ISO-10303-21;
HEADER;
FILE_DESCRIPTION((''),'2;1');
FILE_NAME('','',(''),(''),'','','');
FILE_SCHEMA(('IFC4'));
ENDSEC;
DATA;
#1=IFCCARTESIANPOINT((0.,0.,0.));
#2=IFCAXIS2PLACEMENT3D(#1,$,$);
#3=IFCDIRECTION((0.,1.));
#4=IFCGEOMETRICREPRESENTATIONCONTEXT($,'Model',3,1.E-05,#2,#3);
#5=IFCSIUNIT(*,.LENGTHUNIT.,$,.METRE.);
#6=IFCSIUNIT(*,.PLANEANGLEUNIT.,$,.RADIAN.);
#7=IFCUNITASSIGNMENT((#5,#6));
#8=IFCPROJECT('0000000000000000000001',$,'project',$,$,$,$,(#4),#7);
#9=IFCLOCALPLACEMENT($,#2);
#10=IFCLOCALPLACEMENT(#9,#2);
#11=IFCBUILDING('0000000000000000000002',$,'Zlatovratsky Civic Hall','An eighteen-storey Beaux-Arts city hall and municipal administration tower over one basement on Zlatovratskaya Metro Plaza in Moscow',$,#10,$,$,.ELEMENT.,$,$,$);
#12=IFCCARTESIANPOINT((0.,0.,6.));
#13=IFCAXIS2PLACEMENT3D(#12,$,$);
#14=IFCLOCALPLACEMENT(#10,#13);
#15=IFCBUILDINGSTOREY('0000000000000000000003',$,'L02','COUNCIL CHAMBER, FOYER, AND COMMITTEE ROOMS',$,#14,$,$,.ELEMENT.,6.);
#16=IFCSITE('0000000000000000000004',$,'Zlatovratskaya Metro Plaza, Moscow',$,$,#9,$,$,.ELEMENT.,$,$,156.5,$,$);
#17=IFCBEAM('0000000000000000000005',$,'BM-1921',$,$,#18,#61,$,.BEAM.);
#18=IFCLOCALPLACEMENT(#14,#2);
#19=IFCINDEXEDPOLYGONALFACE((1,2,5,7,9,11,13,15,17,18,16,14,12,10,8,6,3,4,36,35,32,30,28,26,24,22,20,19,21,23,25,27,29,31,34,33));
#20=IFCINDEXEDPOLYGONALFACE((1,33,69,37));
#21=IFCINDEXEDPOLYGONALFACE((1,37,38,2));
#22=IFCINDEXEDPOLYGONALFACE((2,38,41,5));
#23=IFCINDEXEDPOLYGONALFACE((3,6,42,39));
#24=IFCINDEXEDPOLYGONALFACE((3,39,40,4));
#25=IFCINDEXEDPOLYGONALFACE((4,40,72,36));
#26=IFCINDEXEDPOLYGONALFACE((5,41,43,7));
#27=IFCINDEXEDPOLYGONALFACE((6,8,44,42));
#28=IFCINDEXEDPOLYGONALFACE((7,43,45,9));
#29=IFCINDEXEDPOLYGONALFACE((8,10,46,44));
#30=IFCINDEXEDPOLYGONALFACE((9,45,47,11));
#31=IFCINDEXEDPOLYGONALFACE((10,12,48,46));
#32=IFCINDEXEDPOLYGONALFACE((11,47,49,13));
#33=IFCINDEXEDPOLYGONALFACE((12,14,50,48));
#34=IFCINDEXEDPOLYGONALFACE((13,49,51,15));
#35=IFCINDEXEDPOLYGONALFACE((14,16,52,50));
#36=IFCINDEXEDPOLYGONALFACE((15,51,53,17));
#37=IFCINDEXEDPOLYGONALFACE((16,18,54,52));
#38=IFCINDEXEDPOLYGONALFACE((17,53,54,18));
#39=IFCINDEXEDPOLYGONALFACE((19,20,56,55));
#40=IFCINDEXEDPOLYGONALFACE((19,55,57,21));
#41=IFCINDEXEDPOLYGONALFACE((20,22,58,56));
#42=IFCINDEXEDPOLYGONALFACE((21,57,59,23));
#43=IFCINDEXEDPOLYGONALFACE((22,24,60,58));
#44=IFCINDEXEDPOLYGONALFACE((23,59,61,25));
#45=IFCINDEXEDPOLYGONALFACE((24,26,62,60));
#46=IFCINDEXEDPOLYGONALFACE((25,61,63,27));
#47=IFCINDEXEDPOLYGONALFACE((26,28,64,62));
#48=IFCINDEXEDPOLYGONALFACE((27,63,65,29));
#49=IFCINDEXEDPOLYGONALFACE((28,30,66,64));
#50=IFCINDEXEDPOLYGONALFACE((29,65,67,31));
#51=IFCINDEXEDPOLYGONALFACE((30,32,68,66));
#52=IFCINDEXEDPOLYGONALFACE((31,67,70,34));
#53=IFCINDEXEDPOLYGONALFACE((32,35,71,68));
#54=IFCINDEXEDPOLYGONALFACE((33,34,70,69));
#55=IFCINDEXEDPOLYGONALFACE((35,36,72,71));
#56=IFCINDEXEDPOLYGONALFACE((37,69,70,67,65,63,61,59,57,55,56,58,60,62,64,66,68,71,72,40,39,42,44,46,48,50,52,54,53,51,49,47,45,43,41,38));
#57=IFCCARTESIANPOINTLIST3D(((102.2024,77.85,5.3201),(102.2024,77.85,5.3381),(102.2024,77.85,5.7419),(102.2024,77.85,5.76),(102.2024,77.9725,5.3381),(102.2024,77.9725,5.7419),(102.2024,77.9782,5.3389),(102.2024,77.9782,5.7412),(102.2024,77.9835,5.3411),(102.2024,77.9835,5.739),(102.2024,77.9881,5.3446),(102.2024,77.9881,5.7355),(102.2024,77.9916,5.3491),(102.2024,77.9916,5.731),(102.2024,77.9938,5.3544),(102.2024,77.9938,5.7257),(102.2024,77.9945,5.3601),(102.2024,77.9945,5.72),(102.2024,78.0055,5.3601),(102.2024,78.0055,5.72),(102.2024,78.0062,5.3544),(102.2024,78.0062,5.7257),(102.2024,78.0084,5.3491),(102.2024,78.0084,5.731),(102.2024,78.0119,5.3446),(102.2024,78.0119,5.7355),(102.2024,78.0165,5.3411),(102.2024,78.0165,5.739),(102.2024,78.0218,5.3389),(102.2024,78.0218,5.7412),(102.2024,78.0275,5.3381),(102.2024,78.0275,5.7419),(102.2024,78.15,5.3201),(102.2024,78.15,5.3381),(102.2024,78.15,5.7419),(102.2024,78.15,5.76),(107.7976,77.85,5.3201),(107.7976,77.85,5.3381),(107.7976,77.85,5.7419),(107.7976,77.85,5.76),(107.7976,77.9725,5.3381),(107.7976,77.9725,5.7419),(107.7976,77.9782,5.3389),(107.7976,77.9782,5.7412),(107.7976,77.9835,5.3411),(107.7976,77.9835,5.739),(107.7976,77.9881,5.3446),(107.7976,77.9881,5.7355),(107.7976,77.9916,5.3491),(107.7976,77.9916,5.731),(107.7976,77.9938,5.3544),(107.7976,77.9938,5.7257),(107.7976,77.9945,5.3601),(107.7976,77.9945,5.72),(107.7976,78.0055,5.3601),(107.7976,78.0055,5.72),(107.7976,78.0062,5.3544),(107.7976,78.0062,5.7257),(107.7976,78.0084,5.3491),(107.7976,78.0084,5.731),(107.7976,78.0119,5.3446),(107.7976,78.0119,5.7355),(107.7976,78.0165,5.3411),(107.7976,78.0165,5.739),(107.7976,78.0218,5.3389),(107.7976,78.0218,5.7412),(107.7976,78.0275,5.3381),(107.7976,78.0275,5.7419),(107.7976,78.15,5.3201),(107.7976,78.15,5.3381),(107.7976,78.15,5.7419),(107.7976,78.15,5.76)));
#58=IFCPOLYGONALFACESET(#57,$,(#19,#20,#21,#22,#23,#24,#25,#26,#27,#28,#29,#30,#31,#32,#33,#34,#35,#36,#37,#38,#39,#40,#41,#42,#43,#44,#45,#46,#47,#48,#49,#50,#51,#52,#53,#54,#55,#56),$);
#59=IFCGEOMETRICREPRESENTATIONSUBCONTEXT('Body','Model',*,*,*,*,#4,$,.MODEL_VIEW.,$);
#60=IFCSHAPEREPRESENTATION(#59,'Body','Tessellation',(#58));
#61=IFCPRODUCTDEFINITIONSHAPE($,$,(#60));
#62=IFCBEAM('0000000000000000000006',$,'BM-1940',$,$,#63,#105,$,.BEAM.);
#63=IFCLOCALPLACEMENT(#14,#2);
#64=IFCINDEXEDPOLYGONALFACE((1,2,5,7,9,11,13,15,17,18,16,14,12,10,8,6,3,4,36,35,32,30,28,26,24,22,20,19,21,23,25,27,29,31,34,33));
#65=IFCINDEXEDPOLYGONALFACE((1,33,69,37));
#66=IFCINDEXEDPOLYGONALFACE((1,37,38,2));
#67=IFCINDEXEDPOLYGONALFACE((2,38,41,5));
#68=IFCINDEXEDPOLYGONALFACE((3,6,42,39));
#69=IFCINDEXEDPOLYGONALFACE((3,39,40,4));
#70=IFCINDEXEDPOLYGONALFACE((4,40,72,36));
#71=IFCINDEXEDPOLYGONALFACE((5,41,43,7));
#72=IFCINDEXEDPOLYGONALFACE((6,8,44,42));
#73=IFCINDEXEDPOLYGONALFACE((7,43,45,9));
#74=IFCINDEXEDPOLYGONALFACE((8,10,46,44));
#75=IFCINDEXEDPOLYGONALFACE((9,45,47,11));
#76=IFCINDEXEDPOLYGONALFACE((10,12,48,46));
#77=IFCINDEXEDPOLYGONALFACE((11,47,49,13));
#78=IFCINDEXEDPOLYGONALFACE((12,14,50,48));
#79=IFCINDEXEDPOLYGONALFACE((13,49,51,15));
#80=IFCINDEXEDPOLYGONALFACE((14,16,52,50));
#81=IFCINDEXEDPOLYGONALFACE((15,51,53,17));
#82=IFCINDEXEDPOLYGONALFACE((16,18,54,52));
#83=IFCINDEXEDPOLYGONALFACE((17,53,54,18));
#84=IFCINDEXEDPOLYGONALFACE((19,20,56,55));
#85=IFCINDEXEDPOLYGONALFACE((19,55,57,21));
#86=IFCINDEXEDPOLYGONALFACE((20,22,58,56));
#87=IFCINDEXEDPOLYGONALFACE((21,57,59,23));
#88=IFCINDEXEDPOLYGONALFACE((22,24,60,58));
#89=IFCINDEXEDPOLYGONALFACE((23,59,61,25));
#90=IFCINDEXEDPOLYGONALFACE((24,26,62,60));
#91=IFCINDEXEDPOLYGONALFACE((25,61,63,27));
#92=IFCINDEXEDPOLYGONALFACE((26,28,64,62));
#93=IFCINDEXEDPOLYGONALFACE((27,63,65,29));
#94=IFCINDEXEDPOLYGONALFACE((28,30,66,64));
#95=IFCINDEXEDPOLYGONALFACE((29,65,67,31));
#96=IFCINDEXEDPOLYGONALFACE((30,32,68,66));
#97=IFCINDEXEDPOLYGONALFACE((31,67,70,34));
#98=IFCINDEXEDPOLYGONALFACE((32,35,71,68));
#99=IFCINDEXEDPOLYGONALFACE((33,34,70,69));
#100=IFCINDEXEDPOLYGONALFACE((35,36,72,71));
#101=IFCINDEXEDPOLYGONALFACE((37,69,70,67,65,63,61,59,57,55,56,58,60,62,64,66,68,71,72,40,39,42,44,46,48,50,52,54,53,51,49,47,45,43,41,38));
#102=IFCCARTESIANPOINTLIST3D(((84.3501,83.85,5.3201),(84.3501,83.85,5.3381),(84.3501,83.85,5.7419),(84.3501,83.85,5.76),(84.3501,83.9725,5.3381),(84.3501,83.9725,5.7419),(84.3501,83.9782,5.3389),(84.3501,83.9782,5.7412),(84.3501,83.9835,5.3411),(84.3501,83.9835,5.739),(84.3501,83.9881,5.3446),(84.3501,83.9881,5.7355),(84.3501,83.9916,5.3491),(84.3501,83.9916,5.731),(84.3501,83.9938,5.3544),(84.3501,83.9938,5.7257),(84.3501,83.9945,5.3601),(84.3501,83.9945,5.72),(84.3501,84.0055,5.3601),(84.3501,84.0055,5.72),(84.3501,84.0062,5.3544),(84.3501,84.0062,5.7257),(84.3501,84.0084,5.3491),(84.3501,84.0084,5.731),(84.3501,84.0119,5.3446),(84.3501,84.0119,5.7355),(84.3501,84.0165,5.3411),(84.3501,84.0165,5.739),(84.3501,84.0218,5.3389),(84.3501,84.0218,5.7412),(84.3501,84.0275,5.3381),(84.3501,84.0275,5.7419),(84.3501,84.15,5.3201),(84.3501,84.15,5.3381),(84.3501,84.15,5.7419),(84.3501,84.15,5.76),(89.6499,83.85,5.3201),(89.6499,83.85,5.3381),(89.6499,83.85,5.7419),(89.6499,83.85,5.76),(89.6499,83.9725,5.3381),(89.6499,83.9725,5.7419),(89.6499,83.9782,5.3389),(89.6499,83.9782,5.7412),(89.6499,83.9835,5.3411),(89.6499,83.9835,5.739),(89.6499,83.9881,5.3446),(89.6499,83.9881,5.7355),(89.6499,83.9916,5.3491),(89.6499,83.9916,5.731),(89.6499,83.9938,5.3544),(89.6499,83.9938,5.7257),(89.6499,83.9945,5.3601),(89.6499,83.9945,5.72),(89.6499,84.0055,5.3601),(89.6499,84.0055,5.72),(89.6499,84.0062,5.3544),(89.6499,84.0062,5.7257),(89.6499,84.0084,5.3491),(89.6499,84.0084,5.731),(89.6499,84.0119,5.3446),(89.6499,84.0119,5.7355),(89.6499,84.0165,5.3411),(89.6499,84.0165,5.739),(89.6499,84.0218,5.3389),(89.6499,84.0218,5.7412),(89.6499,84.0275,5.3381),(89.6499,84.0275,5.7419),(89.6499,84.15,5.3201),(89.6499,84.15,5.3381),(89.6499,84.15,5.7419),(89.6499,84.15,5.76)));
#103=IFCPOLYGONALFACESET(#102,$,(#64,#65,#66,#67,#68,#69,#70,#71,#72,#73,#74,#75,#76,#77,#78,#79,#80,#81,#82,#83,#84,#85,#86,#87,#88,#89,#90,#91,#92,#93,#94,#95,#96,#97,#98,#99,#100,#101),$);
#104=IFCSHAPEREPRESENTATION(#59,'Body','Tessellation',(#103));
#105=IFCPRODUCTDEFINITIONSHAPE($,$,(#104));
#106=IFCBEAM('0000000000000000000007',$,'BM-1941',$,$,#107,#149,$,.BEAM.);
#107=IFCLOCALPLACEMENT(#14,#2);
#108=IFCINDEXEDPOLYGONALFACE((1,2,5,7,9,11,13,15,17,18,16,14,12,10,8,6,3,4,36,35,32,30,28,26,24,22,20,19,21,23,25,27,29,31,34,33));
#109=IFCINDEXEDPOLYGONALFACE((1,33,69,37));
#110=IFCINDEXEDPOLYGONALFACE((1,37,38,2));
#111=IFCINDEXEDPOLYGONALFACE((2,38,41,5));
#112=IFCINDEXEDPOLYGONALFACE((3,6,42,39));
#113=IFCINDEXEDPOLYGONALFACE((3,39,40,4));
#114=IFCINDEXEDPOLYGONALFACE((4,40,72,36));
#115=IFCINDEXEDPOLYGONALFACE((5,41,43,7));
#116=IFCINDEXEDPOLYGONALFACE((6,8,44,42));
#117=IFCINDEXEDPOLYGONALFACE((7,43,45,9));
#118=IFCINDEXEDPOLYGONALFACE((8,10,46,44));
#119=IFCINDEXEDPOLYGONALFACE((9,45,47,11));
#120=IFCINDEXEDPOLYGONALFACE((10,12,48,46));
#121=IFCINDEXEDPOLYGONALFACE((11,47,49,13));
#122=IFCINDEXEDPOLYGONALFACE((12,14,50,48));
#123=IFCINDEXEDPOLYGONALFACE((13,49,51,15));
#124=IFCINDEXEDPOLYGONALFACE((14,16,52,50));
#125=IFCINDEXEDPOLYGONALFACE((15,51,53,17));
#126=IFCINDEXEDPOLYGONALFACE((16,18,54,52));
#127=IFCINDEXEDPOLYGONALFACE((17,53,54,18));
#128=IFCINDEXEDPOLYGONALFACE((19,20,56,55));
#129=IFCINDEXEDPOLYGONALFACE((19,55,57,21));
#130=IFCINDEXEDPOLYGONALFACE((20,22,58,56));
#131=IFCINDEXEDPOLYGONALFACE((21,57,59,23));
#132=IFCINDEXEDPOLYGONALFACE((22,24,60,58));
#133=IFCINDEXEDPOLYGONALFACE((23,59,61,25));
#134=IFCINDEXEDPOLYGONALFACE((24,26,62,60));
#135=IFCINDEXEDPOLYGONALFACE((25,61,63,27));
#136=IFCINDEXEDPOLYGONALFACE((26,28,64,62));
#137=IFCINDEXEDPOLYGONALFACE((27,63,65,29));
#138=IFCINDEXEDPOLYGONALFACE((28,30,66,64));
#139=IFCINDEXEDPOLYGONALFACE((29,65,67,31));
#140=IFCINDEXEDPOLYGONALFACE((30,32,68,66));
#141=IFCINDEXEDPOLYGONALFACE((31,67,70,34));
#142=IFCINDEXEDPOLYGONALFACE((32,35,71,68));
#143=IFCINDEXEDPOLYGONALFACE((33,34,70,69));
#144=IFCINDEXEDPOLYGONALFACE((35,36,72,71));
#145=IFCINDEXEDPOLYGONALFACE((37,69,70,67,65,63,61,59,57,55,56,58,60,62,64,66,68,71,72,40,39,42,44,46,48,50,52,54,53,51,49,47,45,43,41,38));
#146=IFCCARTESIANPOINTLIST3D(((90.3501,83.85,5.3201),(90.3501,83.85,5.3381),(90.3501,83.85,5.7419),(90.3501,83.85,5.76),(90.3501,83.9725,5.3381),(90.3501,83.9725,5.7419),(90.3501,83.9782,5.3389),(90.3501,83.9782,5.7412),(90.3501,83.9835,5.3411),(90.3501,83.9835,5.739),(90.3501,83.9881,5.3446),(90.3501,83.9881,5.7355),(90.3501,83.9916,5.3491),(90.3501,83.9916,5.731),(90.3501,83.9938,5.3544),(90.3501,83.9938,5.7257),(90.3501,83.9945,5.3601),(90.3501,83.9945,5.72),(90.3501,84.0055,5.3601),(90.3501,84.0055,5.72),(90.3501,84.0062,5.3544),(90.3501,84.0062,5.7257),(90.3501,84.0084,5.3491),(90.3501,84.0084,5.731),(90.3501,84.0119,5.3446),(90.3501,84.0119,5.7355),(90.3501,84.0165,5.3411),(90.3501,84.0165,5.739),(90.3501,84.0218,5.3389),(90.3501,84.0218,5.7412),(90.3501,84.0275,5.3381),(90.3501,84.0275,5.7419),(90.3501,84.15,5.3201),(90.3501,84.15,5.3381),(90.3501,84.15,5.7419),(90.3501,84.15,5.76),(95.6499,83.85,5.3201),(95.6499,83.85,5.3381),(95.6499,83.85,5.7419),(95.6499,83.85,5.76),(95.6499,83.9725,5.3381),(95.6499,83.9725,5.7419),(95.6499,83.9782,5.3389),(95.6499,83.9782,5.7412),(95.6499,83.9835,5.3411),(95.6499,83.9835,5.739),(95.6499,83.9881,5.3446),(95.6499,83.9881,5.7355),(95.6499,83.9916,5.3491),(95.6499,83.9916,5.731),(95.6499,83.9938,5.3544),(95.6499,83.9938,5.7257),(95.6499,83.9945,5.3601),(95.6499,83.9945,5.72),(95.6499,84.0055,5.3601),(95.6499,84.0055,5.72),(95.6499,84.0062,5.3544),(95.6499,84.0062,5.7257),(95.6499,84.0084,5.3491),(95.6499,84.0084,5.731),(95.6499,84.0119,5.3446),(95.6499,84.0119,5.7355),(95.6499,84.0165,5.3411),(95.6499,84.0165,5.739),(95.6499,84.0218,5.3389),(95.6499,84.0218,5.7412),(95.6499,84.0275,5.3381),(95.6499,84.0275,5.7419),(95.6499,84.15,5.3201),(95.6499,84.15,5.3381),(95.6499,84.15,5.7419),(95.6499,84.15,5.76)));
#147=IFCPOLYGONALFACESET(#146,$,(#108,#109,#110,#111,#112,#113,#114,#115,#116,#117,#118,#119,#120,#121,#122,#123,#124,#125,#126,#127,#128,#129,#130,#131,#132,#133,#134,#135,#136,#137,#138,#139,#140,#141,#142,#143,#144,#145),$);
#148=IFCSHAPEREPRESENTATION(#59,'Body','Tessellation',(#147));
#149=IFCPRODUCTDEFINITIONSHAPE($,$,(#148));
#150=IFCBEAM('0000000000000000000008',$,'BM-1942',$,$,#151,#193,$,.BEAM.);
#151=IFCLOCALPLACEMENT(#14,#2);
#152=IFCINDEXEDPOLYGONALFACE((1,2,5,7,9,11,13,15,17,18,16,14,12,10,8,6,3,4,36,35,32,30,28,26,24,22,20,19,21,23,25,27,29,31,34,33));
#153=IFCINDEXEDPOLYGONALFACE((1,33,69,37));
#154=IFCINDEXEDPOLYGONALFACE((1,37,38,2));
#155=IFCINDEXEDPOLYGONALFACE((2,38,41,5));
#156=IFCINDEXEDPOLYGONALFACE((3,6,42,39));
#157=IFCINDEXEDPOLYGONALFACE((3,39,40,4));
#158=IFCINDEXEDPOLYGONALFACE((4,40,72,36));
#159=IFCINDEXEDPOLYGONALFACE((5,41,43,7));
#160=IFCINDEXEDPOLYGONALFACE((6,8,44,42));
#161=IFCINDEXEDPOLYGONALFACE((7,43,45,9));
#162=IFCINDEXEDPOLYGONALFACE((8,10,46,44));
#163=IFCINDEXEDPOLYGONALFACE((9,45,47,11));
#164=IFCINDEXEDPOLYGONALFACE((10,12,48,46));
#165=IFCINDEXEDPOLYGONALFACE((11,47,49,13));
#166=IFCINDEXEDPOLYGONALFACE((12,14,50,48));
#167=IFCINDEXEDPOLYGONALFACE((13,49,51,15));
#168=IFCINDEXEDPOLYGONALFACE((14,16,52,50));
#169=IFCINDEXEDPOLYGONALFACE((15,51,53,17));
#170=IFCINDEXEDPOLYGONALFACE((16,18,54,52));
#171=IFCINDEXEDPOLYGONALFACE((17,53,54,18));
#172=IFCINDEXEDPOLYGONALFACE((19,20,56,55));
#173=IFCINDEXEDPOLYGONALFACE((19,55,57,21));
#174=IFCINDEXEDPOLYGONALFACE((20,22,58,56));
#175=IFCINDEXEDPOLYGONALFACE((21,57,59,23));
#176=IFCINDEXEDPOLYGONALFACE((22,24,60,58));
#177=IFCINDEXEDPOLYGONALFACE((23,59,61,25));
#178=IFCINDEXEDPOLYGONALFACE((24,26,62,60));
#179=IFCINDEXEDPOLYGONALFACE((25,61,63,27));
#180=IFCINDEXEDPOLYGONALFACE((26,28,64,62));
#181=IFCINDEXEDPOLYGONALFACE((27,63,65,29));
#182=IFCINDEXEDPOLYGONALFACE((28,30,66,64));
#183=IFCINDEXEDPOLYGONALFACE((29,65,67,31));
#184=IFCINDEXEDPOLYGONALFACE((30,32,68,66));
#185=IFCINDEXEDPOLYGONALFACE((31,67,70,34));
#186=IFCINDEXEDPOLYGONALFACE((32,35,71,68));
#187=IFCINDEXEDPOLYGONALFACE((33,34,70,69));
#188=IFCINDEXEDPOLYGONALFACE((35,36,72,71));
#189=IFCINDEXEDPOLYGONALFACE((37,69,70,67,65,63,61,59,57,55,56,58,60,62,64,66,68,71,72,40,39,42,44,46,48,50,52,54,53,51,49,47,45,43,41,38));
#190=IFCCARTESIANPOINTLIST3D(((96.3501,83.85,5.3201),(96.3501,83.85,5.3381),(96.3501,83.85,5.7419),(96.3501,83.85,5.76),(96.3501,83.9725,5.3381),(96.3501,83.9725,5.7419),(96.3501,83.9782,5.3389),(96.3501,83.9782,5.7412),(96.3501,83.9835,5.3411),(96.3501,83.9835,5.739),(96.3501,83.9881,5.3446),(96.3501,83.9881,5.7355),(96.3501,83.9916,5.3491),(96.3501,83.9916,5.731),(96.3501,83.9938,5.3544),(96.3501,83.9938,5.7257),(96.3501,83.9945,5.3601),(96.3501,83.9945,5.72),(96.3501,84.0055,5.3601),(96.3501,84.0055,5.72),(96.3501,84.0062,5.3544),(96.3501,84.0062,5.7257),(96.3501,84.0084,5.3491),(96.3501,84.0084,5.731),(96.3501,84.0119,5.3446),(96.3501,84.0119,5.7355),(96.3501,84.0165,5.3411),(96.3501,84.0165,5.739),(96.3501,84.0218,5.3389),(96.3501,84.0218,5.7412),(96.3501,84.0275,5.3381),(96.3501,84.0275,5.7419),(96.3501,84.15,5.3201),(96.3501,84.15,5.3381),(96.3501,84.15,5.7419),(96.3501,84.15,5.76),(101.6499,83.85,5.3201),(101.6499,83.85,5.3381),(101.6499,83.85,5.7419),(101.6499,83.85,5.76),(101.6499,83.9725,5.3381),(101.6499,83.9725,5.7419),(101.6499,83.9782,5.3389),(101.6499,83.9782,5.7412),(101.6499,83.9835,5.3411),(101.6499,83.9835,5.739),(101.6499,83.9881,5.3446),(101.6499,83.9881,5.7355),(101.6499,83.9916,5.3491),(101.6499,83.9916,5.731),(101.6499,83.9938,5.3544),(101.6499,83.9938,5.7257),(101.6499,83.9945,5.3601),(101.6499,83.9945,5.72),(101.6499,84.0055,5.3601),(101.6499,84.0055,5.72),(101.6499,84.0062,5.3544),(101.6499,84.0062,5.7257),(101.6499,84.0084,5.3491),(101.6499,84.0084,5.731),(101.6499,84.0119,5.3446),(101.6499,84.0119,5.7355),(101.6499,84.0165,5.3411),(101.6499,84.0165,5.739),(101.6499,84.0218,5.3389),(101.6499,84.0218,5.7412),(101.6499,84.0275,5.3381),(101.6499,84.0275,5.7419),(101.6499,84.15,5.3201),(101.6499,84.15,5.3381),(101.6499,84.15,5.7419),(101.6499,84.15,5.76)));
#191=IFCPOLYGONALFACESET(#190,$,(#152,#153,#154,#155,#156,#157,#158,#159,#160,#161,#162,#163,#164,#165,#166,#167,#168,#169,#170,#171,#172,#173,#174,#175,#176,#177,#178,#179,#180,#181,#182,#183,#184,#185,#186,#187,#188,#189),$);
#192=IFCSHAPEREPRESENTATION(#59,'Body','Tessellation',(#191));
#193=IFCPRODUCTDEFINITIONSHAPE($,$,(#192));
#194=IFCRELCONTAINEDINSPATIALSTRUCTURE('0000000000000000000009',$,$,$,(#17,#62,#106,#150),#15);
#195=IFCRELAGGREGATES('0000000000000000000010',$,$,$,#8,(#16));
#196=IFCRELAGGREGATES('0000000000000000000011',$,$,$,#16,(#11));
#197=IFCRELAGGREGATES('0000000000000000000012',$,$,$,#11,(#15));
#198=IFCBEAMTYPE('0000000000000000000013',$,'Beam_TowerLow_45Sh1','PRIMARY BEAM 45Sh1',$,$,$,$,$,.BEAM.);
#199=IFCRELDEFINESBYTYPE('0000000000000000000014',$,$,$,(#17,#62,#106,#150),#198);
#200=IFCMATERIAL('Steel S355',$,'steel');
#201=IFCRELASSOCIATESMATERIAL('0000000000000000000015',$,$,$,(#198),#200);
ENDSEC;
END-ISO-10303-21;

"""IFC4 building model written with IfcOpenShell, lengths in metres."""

from ifc_helpers import new_model, si_unit, direction, frame, origin, origin_2d, place, context, subcontext, project, spatial, i_section, extrude, material, material_profile, profile_set, type_object, element, save


model = new_model("IFC4")

# Units and contexts
model_context = context("Model", 3, precision=1e-05, world=origin(), true_north=direction((0.0, 1.0)))
body_context = subcontext(model_context, "Body", "Model", "MODEL_VIEW")
ifc_project = project(units=[si_unit("LENGTHUNIT", "METRE"), si_unit("PLANEANGLEUNIT", "RADIAN")], contexts=[model_context])

# Site, building, storey
site_placement = place(None, origin())
site = spatial("IfcSite", under=ifc_project, at=site_placement, Name="Zlatovratskaya Metro Plaza, Moscow", CompositionType="ELEMENT", RefElevation=156.5)
building_placement = place(site_placement, origin())
building = spatial("IfcBuilding", under=site, at=building_placement, Name="Zlatovratsky Civic Hall", Description="An eighteen-storey Beaux-Arts city hall and municipal administration tower over one basement on Zlatovratskaya Metro Plaza in Moscow", CompositionType="ELEMENT")
storey_placement = place(building_placement, frame((0.0, 0.0, 6.0)))
storey = spatial("IfcBuildingStorey", under=building, at=storey_placement, Name="L02", Description="COUNCIL CHAMBER, FOYER, AND COMMITTEE ROOMS", CompositionType="ELEMENT", Elevation=6.0)

# Shared definitions
ifc_material_1 = material(Name="Steel S355", Category="steel")

# Beams
ifc_material_profile_1 = material_profile(ifc_material_1, i_section(OverallWidth=0.3, OverallDepth=0.4399, WebThickness=0.011, FlangeThickness=0.0181, FilletRadius=0.022, at=origin_2d()), Name="45Sh1")
ifc_profile_set_1 = profile_set([ifc_material_profile_1], Name="Steel S355")
beam_type = type_object("IfcBeamType", Name="Beam_TowerLow_45Sh1", Description="PRIMARY BEAM 45Sh1", PredefinedType="BEAM", material=ifc_profile_set_1)
beam_1_placement = place(storey_placement, frame((102.2024, 78.0, 5.54), z_axis=(1.0, 0.0, 0.0), x_axis=(0.0, 1.0, 0.0)))
element("IfcBeam", 1, at=beam_1_placement, inside=storey, type_object=beam_type, Name="BM-1921", PredefinedType="BEAM", context=body_context, shape_type="SweptSolid", body=[
    extrude(i_section(OverallWidth=0.3, OverallDepth=0.4399, WebThickness=0.011, FlangeThickness=0.0181, FilletRadius=0.022, at=origin_2d()), origin(), (0.0, 0.0, 1.0), 5.5952),
])
for number, where, z_axis, x_axis, name in (
    (2, (84.3501, 84.0, 5.54), (1.0, 0.0, 0.0), (0.0, 1.0, 0.0), "BM-1940"),
    (3, (90.3501, 84.0, 5.54), (1.0, 0.0, 0.0), (0.0, 1.0, 0.0), "BM-1941"),
    (4, (96.3501, 84.0, 5.54), (1.0, 0.0, 0.0), (0.0, 1.0, 0.0), "BM-1942"),
):
    element("IfcBeam", number, at=place(storey_placement, frame(where, z_axis=z_axis, x_axis=x_axis)), inside=storey, type_object=beam_type, Name=name, PredefinedType="BEAM", context=body_context, shape_type="SweptSolid", body=[
        extrude(i_section(OverallWidth=0.3, OverallDepth=0.4399, WebThickness=0.011, FlangeThickness=0.0181, FilletRadius=0.022, at=origin_2d()), origin(), (0.0, 0.0, 1.0), 5.2998),
    ])

save(model, "model.ifc")
